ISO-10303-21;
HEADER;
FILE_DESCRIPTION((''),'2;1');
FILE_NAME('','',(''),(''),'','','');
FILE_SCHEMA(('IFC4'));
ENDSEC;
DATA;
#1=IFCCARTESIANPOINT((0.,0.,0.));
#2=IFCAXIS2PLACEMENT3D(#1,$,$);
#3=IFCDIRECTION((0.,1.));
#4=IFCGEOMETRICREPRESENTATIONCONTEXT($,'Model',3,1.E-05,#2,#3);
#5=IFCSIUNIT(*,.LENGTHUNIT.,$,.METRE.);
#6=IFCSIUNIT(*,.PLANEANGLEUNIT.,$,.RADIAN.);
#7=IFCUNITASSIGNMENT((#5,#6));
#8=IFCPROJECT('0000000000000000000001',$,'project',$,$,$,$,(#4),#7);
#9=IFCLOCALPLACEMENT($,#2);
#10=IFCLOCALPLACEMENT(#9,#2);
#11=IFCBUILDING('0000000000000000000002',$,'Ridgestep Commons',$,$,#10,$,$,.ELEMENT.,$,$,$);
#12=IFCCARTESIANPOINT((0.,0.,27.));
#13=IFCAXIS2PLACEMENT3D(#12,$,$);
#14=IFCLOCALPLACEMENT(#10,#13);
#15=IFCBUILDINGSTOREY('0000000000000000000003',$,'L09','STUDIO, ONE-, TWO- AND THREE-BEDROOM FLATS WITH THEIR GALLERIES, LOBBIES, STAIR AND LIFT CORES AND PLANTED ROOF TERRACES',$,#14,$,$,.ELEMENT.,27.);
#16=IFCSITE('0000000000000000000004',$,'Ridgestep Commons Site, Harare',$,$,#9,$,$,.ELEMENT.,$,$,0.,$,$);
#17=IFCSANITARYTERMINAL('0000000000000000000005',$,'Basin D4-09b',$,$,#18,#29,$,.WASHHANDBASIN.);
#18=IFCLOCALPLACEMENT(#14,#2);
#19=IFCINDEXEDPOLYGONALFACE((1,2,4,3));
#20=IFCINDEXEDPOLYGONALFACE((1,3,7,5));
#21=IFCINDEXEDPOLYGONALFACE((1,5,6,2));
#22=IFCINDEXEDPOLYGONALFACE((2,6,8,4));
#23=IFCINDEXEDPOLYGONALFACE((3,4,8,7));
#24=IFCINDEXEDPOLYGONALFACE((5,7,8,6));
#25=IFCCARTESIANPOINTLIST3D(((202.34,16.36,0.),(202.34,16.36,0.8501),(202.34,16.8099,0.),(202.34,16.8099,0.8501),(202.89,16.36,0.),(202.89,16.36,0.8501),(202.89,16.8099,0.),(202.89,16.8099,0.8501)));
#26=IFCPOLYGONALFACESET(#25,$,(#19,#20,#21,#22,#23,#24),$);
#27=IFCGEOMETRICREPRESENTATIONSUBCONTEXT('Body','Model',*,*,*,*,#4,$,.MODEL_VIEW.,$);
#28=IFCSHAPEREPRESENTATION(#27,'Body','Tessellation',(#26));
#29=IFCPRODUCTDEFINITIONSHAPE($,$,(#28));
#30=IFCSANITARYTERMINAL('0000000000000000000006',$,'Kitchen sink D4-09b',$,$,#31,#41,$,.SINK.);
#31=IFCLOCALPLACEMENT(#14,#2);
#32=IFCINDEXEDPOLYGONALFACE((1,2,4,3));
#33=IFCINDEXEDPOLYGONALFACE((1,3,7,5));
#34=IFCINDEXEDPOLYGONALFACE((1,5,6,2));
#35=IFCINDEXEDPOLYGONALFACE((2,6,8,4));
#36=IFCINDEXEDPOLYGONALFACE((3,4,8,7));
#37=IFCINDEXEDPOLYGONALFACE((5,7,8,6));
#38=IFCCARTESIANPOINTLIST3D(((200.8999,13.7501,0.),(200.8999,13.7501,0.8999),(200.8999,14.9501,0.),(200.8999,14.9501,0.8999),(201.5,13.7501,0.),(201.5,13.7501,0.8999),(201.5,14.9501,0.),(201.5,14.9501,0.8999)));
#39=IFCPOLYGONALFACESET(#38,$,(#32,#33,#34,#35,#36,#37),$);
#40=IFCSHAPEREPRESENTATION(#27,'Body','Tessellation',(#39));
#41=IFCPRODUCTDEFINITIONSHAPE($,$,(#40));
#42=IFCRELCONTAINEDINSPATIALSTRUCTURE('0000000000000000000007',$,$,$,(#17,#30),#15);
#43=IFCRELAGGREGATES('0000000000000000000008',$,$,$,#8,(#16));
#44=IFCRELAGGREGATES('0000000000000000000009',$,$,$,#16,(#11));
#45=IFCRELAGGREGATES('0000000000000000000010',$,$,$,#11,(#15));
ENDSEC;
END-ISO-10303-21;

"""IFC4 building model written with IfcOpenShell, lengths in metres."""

from ifc_helpers import new_model, si_unit, direction, frame, origin, origin_2d, place, context, subcontext, project, spatial, rectangle, extrude, element, save


model = new_model("IFC4")

# Units and contexts
model_context = context("Model", 3, precision=1e-05, world=origin(), true_north=direction((0.0, 1.0)))
body_context = subcontext(model_context, "Body", "Model", "MODEL_VIEW")
ifc_project = project(units=[si_unit("LENGTHUNIT", "METRE"), si_unit("PLANEANGLEUNIT", "RADIAN")], contexts=[model_context])

# Site, building, storey
site_placement = place(None, origin())
site = spatial("IfcSite", under=ifc_project, at=site_placement, Name="Ridgestep Commons Site, Harare", CompositionType="ELEMENT", RefElevation=0.0)
building_placement = place(site_placement, origin())
building = spatial("IfcBuilding", under=site, at=building_placement, Name="Ridgestep Commons", CompositionType="ELEMENT")
storey_placement = place(building_placement, frame((0.0, 0.0, 27.0)))
storey = spatial("IfcBuildingStorey", under=building, at=storey_placement, Name="L09", Description="STUDIO, ONE-, TWO- AND THREE-BEDROOM FLATS WITH THEIR GALLERIES, LOBBIES, STAIR AND LIFT CORES AND PLANTED ROOF TERRACES", CompositionType="ELEMENT", Elevation=27.0)

# Sanitary terminals
sanitary_terminal_1_placement = place(storey_placement, frame((202.615, 16.585, 0.0), z_axis=(0.0, 0.0, 1.0), x_axis=(1.0, 0.0, 0.0)))
element("IfcSanitaryTerminal", 1, at=sanitary_terminal_1_placement, inside=storey, Name="Basin D4-09b", PredefinedType="WASHHANDBASIN", context=body_context, shape_type="SweptSolid", body=[
    extrude(rectangle(XDim=0.55, YDim=0.45, at=origin_2d()), origin(), (0.0, 0.0, 1.0), 0.8501),
])
sanitary_terminal_2_placement = place(storey_placement, frame((201.2, 14.3501, 0.0), z_axis=(0.0, 0.0, 1.0), x_axis=(1.0, 0.0, 0.0)))
element("IfcSanitaryTerminal", 2, at=sanitary_terminal_2_placement, inside=storey, Name="Kitchen sink D4-09b", PredefinedType="SINK", context=body_context, shape_type="SweptSolid", body=[
    extrude(rectangle(XDim=0.6001, YDim=1.2, at=origin_2d()), origin(), (0.0, 0.0, 1.0), 0.8999),
])

save(model, "model.ifc")
